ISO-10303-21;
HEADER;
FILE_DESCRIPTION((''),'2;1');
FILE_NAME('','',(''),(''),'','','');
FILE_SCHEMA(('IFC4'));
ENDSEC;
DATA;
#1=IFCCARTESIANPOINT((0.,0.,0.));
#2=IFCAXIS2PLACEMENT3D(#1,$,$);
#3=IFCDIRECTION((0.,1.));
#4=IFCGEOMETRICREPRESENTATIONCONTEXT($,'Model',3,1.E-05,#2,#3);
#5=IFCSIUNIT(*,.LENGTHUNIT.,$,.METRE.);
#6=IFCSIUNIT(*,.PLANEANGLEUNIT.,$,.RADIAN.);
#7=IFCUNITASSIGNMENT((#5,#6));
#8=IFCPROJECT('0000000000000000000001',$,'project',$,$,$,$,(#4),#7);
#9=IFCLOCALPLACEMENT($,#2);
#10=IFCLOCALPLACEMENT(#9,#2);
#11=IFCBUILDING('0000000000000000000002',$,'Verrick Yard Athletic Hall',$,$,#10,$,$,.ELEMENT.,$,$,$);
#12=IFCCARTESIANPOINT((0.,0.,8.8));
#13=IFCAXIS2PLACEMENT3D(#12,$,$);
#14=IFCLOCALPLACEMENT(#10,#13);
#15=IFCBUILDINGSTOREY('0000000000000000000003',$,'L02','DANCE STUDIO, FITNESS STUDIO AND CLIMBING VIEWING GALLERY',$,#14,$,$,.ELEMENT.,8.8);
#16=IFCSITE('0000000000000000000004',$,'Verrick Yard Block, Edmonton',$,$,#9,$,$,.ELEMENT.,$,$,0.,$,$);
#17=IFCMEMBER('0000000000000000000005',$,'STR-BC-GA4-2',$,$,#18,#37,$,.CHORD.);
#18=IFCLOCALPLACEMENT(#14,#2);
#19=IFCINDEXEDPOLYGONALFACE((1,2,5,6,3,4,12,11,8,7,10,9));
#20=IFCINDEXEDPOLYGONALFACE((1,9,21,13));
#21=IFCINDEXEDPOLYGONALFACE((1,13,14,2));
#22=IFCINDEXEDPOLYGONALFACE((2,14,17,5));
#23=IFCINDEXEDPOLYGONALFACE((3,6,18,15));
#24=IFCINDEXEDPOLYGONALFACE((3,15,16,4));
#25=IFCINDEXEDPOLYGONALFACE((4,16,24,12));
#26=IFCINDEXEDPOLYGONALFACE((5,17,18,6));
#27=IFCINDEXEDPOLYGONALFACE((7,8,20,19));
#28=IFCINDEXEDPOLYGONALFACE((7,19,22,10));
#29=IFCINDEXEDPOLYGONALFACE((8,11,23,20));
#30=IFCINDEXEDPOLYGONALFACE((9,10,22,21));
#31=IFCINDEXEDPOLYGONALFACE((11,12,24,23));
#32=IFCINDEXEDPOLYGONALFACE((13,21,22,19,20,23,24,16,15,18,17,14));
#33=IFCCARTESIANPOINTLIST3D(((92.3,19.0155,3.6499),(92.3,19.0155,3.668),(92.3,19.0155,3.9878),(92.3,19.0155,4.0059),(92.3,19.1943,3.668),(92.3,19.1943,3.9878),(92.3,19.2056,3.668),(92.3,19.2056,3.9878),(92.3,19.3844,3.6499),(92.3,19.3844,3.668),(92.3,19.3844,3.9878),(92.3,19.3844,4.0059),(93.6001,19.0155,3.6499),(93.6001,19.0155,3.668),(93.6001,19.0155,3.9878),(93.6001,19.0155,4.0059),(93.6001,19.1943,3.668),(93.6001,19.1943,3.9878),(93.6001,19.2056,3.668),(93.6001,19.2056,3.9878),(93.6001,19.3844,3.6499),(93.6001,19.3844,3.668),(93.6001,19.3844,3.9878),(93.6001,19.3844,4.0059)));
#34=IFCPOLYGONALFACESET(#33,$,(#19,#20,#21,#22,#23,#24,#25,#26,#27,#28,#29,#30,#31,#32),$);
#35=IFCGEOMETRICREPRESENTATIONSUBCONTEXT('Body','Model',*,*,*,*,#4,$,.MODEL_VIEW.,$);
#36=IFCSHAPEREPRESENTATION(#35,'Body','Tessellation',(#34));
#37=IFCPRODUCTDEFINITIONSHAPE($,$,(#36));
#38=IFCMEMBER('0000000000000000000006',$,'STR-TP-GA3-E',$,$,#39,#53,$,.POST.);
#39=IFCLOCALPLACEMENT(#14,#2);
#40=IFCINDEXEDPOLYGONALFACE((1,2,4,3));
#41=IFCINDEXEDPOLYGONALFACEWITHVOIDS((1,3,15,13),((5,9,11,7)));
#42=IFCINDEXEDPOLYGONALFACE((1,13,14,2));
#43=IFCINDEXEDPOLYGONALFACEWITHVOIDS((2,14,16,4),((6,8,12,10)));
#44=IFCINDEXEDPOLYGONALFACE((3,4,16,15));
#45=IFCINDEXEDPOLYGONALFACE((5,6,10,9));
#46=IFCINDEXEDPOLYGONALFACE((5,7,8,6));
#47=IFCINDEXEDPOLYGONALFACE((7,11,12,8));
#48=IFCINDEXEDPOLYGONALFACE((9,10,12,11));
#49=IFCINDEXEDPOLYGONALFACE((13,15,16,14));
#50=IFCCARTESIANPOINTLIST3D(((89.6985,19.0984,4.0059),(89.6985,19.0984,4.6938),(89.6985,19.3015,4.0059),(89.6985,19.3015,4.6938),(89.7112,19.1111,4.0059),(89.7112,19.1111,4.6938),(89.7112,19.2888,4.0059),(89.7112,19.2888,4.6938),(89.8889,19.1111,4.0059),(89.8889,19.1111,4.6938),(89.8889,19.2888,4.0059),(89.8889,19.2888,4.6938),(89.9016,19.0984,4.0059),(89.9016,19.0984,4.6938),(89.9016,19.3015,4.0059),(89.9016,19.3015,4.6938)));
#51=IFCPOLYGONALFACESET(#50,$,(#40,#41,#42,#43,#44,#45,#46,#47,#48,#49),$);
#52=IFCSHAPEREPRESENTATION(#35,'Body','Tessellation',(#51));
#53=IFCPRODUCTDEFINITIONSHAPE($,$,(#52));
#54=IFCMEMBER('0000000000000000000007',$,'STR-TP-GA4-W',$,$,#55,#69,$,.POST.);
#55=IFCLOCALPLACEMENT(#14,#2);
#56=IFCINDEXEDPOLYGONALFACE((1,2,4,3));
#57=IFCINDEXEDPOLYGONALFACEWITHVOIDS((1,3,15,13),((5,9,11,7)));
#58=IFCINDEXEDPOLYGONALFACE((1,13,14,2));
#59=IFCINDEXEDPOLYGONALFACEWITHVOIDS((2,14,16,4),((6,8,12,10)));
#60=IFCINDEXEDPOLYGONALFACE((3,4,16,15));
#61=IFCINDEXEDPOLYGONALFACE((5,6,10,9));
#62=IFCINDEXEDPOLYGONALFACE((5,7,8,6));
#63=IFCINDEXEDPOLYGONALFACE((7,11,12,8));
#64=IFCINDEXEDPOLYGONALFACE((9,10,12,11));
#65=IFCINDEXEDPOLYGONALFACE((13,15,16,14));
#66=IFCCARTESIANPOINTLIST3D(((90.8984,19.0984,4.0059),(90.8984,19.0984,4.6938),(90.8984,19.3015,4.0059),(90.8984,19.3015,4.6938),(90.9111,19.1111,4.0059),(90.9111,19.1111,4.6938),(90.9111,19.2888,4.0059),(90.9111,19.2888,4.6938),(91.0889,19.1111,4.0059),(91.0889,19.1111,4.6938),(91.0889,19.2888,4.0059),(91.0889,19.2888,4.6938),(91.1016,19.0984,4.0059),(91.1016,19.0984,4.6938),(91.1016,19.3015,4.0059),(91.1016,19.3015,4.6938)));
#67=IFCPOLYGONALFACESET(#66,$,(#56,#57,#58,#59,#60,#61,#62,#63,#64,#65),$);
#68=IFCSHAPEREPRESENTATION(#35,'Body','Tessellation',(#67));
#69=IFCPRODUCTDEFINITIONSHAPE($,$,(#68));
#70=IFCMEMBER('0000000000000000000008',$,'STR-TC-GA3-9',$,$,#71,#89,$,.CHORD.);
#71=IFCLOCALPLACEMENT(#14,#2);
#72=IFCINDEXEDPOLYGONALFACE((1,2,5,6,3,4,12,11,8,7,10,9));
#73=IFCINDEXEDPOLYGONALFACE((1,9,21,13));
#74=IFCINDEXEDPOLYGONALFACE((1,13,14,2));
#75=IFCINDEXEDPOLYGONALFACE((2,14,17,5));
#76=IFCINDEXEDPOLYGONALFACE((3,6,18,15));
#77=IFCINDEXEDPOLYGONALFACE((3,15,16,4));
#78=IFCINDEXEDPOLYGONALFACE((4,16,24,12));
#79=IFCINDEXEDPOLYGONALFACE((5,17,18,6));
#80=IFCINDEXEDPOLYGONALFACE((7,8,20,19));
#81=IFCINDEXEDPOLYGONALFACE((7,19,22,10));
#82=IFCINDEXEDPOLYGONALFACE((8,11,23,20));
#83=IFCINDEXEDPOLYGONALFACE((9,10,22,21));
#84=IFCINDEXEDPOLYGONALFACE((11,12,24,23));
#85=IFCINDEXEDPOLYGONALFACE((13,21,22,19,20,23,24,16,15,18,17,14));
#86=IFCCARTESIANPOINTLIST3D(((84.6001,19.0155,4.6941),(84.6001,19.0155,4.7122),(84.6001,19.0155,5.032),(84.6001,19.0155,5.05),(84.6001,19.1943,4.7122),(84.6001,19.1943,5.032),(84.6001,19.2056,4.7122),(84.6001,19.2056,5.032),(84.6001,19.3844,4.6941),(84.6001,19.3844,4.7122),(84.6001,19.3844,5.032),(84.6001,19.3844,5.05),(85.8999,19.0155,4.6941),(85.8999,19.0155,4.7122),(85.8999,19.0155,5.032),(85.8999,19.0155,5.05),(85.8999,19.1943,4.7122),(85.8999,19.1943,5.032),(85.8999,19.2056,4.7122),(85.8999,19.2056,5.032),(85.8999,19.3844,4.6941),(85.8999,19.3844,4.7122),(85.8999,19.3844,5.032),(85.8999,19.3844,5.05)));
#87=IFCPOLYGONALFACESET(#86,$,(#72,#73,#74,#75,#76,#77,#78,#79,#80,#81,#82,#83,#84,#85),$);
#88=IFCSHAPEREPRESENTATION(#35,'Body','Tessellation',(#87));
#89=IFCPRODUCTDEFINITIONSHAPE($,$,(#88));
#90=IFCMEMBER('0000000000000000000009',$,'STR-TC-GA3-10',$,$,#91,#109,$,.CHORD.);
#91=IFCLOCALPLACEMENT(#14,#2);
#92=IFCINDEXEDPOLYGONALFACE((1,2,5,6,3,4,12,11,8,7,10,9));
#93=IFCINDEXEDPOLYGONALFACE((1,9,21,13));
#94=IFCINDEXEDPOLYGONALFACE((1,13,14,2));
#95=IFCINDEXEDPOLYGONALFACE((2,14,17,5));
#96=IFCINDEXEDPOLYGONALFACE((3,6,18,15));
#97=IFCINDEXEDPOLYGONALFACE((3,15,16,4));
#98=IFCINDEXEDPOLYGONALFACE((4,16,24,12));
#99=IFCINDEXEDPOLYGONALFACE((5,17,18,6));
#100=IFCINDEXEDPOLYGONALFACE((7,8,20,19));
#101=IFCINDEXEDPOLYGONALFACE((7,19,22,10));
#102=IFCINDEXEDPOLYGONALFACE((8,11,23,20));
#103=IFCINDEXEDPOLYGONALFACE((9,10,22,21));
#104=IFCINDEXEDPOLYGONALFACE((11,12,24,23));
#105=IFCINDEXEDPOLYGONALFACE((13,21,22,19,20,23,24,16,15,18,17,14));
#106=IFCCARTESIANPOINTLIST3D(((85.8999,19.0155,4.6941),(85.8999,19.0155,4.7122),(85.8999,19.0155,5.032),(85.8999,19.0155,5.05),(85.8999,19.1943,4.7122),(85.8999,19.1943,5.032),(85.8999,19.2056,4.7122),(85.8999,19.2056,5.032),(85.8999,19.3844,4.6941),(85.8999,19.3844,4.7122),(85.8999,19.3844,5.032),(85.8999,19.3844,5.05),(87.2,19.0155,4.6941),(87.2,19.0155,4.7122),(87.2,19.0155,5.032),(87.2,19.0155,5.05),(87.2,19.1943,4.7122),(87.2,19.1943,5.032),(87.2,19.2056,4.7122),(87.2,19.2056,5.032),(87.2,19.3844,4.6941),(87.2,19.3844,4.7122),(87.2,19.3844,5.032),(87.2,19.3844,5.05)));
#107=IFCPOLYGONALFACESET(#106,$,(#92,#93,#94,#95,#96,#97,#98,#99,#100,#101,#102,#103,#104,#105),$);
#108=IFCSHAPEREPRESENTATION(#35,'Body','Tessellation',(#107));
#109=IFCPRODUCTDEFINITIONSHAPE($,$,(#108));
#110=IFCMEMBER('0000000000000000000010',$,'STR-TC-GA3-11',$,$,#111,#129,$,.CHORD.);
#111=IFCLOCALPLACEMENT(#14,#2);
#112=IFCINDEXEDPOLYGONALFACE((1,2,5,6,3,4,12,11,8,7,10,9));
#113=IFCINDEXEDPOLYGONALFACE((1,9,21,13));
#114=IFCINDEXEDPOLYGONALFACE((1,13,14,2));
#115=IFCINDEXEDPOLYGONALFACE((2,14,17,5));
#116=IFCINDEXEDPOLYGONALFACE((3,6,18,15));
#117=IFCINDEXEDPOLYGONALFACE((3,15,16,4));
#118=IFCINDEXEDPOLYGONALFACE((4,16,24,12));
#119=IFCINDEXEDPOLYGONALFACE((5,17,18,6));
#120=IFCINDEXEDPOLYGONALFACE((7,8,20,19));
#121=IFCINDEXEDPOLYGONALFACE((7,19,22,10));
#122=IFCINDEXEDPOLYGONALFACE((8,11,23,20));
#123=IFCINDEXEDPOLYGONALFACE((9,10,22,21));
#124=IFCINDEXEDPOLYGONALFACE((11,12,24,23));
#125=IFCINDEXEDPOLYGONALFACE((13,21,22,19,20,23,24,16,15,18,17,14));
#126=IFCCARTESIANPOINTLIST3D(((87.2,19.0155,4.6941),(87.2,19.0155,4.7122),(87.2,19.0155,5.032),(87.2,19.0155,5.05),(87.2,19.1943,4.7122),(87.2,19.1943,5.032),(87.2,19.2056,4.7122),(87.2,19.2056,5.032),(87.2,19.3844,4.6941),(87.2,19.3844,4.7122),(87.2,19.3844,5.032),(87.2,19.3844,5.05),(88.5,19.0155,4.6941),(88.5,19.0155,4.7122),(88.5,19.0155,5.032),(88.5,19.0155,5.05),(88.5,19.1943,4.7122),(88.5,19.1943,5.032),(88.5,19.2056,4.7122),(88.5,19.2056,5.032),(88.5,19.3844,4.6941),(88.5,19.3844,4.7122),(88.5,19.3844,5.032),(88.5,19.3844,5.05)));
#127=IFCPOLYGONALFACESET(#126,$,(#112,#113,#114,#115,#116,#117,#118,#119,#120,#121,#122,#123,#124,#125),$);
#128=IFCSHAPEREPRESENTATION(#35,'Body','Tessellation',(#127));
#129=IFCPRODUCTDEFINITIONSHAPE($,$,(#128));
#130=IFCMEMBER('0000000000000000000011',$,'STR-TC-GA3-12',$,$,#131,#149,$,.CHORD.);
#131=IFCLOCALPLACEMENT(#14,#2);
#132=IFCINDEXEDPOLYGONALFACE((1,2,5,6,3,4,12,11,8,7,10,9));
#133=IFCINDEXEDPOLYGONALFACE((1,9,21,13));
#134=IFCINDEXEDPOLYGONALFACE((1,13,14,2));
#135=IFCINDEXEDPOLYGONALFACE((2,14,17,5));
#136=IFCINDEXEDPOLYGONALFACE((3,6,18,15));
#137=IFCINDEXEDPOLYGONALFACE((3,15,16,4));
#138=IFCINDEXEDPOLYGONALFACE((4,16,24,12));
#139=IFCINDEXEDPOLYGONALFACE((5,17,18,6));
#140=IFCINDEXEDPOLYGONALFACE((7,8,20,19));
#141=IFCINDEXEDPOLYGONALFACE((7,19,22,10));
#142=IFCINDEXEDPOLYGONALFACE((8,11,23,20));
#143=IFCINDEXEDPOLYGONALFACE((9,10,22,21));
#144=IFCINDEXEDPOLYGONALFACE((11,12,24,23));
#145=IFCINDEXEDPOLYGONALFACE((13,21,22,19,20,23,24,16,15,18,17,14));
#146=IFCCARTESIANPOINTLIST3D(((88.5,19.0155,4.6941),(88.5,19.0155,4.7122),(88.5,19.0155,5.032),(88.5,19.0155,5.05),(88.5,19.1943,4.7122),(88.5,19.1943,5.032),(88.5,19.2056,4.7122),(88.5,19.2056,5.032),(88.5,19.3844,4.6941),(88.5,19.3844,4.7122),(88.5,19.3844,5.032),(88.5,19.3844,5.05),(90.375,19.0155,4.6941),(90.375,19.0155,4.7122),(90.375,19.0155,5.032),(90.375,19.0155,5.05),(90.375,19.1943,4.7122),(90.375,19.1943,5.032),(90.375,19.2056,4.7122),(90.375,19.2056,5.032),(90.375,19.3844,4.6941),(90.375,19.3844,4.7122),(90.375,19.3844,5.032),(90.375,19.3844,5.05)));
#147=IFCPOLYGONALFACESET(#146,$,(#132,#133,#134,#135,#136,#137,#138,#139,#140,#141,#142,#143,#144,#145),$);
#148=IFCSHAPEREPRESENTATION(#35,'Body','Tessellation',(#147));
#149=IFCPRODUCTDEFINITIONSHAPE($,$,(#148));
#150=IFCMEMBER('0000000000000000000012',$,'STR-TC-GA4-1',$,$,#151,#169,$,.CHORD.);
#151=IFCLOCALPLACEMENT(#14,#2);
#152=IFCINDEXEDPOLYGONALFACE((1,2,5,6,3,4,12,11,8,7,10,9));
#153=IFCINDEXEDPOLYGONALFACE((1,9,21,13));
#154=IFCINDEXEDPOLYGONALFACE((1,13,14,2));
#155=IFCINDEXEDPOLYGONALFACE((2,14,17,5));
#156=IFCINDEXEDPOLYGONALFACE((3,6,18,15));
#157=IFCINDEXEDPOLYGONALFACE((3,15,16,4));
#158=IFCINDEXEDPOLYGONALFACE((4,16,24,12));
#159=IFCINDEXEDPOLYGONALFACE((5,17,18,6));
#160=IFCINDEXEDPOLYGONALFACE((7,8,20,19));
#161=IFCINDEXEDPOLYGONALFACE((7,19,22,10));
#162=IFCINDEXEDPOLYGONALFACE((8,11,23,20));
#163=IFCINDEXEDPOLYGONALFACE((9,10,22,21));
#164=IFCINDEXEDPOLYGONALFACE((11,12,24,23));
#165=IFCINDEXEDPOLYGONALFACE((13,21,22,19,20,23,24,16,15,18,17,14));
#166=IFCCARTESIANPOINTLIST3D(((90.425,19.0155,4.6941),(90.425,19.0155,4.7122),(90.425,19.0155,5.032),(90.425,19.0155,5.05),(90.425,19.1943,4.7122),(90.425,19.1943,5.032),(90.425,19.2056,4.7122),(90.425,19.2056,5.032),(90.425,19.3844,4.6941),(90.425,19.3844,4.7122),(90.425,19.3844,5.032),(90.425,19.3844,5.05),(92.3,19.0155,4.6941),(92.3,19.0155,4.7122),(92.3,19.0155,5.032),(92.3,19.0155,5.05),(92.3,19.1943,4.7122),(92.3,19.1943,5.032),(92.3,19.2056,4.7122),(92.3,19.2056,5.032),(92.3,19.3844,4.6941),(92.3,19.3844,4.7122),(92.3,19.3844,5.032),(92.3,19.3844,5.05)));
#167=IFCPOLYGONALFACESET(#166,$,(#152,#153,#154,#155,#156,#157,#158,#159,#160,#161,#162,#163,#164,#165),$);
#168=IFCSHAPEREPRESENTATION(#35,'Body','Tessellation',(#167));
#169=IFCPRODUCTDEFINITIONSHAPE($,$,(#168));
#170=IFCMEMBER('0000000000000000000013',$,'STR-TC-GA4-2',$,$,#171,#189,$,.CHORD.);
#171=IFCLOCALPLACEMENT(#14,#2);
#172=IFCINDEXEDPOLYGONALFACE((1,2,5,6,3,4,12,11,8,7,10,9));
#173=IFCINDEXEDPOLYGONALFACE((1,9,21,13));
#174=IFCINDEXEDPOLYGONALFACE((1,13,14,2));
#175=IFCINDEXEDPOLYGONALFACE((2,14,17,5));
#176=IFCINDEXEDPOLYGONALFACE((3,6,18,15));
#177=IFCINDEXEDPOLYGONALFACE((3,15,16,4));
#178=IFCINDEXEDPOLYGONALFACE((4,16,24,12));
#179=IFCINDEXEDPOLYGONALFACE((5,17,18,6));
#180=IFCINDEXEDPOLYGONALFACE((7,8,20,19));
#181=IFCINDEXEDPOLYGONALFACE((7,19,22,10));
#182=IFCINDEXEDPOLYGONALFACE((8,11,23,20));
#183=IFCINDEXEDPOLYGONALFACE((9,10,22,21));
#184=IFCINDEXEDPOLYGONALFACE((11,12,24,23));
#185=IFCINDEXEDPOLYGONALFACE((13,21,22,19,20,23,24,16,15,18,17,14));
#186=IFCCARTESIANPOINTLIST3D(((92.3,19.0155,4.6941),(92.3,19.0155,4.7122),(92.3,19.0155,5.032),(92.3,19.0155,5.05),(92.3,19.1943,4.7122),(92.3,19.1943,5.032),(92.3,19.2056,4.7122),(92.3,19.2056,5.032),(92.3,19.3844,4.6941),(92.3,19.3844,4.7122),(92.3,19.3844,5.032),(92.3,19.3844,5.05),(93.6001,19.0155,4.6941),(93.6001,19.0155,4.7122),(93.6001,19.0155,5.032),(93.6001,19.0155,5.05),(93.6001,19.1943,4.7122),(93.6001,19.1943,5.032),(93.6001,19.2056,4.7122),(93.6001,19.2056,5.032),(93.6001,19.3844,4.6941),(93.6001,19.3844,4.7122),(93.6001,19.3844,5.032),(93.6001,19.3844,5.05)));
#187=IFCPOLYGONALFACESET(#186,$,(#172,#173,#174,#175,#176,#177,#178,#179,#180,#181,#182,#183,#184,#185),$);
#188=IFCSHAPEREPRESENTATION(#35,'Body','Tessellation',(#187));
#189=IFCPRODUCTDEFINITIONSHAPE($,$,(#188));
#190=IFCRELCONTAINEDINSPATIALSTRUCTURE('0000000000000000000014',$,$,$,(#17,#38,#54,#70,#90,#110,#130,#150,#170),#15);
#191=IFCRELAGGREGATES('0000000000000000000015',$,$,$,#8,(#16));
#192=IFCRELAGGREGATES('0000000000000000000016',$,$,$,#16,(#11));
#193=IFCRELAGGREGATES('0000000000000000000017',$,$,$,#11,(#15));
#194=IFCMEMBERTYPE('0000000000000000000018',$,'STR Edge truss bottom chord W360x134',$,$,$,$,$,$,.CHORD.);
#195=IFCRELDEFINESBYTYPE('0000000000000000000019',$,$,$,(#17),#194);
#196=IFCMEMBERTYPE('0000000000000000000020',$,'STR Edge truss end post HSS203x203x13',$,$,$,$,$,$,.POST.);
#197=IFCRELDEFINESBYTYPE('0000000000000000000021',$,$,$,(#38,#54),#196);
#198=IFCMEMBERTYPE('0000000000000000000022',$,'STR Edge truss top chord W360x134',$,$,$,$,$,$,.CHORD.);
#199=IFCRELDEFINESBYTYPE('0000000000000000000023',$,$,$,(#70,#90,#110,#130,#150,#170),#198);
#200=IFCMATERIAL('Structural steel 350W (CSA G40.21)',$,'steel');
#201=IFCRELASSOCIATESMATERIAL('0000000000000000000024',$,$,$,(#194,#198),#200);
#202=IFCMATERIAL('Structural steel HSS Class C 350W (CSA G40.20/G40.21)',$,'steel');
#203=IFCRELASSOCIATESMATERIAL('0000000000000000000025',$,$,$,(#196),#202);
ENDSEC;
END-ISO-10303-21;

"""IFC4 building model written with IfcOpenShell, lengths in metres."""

from ifc_helpers import new_model, si_unit, direction, frame, origin, origin_2d, place, context, subcontext, project, spatial, hollow_rectangle, i_section, extrude, material, material_profile, profile_set, type_object, element, save


model = new_model("IFC4")

# Units and contexts
model_context = context("Model", 3, precision=1e-05, world=origin(), true_north=direction((0.0, 1.0)))
body_context = subcontext(model_context, "Body", "Model", "MODEL_VIEW")
ifc_project = project(units=[si_unit("LENGTHUNIT", "METRE"), si_unit("PLANEANGLEUNIT", "RADIAN")], contexts=[model_context])

# Site, building, storey
site_placement = place(None, origin())
site = spatial("IfcSite", under=ifc_project, at=site_placement, Name="Verrick Yard Block, Edmonton", CompositionType="ELEMENT", RefElevation=0.0)
building_placement = place(site_placement, origin())
building = spatial("IfcBuilding", under=site, at=building_placement, Name="Verrick Yard Athletic Hall", CompositionType="ELEMENT")
storey_placement = place(building_placement, frame((0.0, 0.0, 8.8)))
storey = spatial("IfcBuildingStorey", under=building, at=storey_placement, Name="L02", Description="DANCE STUDIO, FITNESS STUDIO AND CLIMBING VIEWING GALLERY", CompositionType="ELEMENT", Elevation=8.8)

# Shared definitions
ifc_material_1 = material(Name="Structural steel 350W (CSA G40.21)", Category="steel")

# Members
ifc_material_profile_1 = material_profile(ifc_material_1, i_section(OverallWidth=0.3689, OverallDepth=0.356, WebThickness=0.0112, FlangeThickness=0.0181, at=origin_2d()), Name="W360x134")
ifc_profile_set_1 = profile_set([ifc_material_profile_1], Name="Structural steel 350W (CSA G40.21)")
member_type_1 = type_object("IfcMemberType", Name="STR Edge truss bottom chord W360x134", PredefinedType="CHORD", material=ifc_profile_set_1)
member_1_placement = place(storey_placement, frame((92.3, 19.2, 3.8279), z_axis=(1.0, 0.0, 0.0), x_axis=(0.0, 1.0, 0.0)))
element("IfcMember", 1, at=member_1_placement, inside=storey, type_object=member_type_1, Name="STR-BC-GA4-2", PredefinedType="CHORD", context=body_context, shape_type="SweptSolid", body=[
    extrude(i_section(OverallWidth=0.3689, OverallDepth=0.356, WebThickness=0.0112, FlangeThickness=0.0181, at=origin_2d()), origin(), (0.0, 0.0, 1.0), 1.3),
])
ifc_material_2 = material(Name="Structural steel HSS Class C 350W (CSA G40.20/G40.21)", Category="steel")
ifc_material_profile_2 = material_profile(ifc_material_2, hollow_rectangle(XDim=0.2031, YDim=0.2031, WallThickness=0.0127, at=origin_2d()), Name="HSS203x203x13")
ifc_profile_set_2 = profile_set([ifc_material_profile_2], Name="Structural steel HSS Class C 350W (CSA G40.20/G40.21)")
member_type_2 = type_object("IfcMemberType", Name="STR Edge truss end post HSS203x203x13", PredefinedType="POST", material=ifc_profile_set_2)
for number, where, z_axis, x_axis, name in (
    (2, (89.8, 19.2, 4.0059), (0.0, 0.0, 1.0), (1.0, 0.0, 0.0), "STR-TP-GA3-E"),
    (3, (91.0, 19.2, 4.0059), (0.0, 0.0, 1.0), (1.0, 0.0, 0.0), "STR-TP-GA4-W"),
):
    element("IfcMember", number, at=place(storey_placement, frame(where, z_axis=z_axis, x_axis=x_axis)), inside=storey, type_object=member_type_2, Name=name, PredefinedType="POST", context=body_context, shape_type="SweptSolid", body=[
        extrude(hollow_rectangle(XDim=0.2031, YDim=0.2031, WallThickness=0.0127, at=origin_2d()), origin(), (0.0, 0.0, 1.0), 0.688),
    ])
ifc_material_profile_3 = material_profile(ifc_material_1, i_section(OverallWidth=0.3689, OverallDepth=0.356, WebThickness=0.0112, FlangeThickness=0.0181, at=origin_2d()), Name="W360x134")
ifc_profile_set_3 = profile_set([ifc_material_profile_3], Name="Structural steel 350W (CSA G40.21)")
member_type_3 = type_object("IfcMemberType", Name="STR Edge truss top chord W360x134", PredefinedType="CHORD", material=ifc_profile_set_3)
member_2_placement = place(storey_placement, frame((84.6001, 19.2, 4.8721), z_axis=(1.0, 0.0, 0.0), x_axis=(0.0, 1.0, 0.0)))
element("IfcMember", 4, at=member_2_placement, inside=storey, type_object=member_type_3, Name="STR-TC-GA3-9", PredefinedType="CHORD", context=body_context, shape_type="SweptSolid", body=[
    extrude(i_section(OverallWidth=0.3689, OverallDepth=0.356, WebThickness=0.0112, FlangeThickness=0.0181, at=origin_2d()), origin(), (0.0, 0.0, 1.0), 1.2998),
])
for number, where, z_axis, x_axis, name in (
    (5, (85.8999, 19.2, 4.8721), (1.0, 0.0, 0.0), (0.0, 1.0, 0.0), "STR-TC-GA3-10"),
    (6, (87.2, 19.2, 4.8721), (1.0, 0.0, 0.0), (0.0, 1.0, 0.0), "STR-TC-GA3-11"),
):
    element("IfcMember", number, at=place(storey_placement, frame(where, z_axis=z_axis, x_axis=x_axis)), inside=storey, type_object=member_type_3, Name=name, PredefinedType="CHORD", context=body_context, shape_type="SweptSolid", body=[
        extrude(i_section(OverallWidth=0.3689, OverallDepth=0.356, WebThickness=0.0112, FlangeThickness=0.0181, at=origin_2d()), origin(), (0.0, 0.0, 1.0), 1.3),
    ])
for number, where, z_axis, x_axis, name in (
    (7, (88.5, 19.2, 4.8721), (1.0, 0.0, 0.0), (0.0, 1.0, 0.0), "STR-TC-GA3-12"),
    (8, (90.425, 19.2, 4.8721), (1.0, 0.0, 0.0), (0.0, 1.0, 0.0), "STR-TC-GA4-1"),
):
    element("IfcMember", number, at=place(storey_placement, frame(where, z_axis=z_axis, x_axis=x_axis)), inside=storey, type_object=member_type_3, Name=name, PredefinedType="CHORD", context=body_context, shape_type="SweptSolid", body=[
        extrude(i_section(OverallWidth=0.3689, OverallDepth=0.356, WebThickness=0.0112, FlangeThickness=0.0181, at=origin_2d()), origin(), (0.0, 0.0, 1.0), 1.875),
    ])
member_3_placement = place(storey_placement, frame((92.3, 19.2, 4.8721), z_axis=(1.0, 0.0, 0.0), x_axis=(0.0, 1.0, 0.0)))
element("IfcMember", 9, at=member_3_placement, inside=storey, type_object=member_type_3, Name="STR-TC-GA4-2", PredefinedType="CHORD", context=body_context, shape_type="SweptSolid", body=[
    extrude(i_section(OverallWidth=0.3689, OverallDepth=0.356, WebThickness=0.0112, FlangeThickness=0.0181, at=origin_2d()), origin(), (0.0, 0.0, 1.0), 1.3),
])

save(model, "model.ifc")
